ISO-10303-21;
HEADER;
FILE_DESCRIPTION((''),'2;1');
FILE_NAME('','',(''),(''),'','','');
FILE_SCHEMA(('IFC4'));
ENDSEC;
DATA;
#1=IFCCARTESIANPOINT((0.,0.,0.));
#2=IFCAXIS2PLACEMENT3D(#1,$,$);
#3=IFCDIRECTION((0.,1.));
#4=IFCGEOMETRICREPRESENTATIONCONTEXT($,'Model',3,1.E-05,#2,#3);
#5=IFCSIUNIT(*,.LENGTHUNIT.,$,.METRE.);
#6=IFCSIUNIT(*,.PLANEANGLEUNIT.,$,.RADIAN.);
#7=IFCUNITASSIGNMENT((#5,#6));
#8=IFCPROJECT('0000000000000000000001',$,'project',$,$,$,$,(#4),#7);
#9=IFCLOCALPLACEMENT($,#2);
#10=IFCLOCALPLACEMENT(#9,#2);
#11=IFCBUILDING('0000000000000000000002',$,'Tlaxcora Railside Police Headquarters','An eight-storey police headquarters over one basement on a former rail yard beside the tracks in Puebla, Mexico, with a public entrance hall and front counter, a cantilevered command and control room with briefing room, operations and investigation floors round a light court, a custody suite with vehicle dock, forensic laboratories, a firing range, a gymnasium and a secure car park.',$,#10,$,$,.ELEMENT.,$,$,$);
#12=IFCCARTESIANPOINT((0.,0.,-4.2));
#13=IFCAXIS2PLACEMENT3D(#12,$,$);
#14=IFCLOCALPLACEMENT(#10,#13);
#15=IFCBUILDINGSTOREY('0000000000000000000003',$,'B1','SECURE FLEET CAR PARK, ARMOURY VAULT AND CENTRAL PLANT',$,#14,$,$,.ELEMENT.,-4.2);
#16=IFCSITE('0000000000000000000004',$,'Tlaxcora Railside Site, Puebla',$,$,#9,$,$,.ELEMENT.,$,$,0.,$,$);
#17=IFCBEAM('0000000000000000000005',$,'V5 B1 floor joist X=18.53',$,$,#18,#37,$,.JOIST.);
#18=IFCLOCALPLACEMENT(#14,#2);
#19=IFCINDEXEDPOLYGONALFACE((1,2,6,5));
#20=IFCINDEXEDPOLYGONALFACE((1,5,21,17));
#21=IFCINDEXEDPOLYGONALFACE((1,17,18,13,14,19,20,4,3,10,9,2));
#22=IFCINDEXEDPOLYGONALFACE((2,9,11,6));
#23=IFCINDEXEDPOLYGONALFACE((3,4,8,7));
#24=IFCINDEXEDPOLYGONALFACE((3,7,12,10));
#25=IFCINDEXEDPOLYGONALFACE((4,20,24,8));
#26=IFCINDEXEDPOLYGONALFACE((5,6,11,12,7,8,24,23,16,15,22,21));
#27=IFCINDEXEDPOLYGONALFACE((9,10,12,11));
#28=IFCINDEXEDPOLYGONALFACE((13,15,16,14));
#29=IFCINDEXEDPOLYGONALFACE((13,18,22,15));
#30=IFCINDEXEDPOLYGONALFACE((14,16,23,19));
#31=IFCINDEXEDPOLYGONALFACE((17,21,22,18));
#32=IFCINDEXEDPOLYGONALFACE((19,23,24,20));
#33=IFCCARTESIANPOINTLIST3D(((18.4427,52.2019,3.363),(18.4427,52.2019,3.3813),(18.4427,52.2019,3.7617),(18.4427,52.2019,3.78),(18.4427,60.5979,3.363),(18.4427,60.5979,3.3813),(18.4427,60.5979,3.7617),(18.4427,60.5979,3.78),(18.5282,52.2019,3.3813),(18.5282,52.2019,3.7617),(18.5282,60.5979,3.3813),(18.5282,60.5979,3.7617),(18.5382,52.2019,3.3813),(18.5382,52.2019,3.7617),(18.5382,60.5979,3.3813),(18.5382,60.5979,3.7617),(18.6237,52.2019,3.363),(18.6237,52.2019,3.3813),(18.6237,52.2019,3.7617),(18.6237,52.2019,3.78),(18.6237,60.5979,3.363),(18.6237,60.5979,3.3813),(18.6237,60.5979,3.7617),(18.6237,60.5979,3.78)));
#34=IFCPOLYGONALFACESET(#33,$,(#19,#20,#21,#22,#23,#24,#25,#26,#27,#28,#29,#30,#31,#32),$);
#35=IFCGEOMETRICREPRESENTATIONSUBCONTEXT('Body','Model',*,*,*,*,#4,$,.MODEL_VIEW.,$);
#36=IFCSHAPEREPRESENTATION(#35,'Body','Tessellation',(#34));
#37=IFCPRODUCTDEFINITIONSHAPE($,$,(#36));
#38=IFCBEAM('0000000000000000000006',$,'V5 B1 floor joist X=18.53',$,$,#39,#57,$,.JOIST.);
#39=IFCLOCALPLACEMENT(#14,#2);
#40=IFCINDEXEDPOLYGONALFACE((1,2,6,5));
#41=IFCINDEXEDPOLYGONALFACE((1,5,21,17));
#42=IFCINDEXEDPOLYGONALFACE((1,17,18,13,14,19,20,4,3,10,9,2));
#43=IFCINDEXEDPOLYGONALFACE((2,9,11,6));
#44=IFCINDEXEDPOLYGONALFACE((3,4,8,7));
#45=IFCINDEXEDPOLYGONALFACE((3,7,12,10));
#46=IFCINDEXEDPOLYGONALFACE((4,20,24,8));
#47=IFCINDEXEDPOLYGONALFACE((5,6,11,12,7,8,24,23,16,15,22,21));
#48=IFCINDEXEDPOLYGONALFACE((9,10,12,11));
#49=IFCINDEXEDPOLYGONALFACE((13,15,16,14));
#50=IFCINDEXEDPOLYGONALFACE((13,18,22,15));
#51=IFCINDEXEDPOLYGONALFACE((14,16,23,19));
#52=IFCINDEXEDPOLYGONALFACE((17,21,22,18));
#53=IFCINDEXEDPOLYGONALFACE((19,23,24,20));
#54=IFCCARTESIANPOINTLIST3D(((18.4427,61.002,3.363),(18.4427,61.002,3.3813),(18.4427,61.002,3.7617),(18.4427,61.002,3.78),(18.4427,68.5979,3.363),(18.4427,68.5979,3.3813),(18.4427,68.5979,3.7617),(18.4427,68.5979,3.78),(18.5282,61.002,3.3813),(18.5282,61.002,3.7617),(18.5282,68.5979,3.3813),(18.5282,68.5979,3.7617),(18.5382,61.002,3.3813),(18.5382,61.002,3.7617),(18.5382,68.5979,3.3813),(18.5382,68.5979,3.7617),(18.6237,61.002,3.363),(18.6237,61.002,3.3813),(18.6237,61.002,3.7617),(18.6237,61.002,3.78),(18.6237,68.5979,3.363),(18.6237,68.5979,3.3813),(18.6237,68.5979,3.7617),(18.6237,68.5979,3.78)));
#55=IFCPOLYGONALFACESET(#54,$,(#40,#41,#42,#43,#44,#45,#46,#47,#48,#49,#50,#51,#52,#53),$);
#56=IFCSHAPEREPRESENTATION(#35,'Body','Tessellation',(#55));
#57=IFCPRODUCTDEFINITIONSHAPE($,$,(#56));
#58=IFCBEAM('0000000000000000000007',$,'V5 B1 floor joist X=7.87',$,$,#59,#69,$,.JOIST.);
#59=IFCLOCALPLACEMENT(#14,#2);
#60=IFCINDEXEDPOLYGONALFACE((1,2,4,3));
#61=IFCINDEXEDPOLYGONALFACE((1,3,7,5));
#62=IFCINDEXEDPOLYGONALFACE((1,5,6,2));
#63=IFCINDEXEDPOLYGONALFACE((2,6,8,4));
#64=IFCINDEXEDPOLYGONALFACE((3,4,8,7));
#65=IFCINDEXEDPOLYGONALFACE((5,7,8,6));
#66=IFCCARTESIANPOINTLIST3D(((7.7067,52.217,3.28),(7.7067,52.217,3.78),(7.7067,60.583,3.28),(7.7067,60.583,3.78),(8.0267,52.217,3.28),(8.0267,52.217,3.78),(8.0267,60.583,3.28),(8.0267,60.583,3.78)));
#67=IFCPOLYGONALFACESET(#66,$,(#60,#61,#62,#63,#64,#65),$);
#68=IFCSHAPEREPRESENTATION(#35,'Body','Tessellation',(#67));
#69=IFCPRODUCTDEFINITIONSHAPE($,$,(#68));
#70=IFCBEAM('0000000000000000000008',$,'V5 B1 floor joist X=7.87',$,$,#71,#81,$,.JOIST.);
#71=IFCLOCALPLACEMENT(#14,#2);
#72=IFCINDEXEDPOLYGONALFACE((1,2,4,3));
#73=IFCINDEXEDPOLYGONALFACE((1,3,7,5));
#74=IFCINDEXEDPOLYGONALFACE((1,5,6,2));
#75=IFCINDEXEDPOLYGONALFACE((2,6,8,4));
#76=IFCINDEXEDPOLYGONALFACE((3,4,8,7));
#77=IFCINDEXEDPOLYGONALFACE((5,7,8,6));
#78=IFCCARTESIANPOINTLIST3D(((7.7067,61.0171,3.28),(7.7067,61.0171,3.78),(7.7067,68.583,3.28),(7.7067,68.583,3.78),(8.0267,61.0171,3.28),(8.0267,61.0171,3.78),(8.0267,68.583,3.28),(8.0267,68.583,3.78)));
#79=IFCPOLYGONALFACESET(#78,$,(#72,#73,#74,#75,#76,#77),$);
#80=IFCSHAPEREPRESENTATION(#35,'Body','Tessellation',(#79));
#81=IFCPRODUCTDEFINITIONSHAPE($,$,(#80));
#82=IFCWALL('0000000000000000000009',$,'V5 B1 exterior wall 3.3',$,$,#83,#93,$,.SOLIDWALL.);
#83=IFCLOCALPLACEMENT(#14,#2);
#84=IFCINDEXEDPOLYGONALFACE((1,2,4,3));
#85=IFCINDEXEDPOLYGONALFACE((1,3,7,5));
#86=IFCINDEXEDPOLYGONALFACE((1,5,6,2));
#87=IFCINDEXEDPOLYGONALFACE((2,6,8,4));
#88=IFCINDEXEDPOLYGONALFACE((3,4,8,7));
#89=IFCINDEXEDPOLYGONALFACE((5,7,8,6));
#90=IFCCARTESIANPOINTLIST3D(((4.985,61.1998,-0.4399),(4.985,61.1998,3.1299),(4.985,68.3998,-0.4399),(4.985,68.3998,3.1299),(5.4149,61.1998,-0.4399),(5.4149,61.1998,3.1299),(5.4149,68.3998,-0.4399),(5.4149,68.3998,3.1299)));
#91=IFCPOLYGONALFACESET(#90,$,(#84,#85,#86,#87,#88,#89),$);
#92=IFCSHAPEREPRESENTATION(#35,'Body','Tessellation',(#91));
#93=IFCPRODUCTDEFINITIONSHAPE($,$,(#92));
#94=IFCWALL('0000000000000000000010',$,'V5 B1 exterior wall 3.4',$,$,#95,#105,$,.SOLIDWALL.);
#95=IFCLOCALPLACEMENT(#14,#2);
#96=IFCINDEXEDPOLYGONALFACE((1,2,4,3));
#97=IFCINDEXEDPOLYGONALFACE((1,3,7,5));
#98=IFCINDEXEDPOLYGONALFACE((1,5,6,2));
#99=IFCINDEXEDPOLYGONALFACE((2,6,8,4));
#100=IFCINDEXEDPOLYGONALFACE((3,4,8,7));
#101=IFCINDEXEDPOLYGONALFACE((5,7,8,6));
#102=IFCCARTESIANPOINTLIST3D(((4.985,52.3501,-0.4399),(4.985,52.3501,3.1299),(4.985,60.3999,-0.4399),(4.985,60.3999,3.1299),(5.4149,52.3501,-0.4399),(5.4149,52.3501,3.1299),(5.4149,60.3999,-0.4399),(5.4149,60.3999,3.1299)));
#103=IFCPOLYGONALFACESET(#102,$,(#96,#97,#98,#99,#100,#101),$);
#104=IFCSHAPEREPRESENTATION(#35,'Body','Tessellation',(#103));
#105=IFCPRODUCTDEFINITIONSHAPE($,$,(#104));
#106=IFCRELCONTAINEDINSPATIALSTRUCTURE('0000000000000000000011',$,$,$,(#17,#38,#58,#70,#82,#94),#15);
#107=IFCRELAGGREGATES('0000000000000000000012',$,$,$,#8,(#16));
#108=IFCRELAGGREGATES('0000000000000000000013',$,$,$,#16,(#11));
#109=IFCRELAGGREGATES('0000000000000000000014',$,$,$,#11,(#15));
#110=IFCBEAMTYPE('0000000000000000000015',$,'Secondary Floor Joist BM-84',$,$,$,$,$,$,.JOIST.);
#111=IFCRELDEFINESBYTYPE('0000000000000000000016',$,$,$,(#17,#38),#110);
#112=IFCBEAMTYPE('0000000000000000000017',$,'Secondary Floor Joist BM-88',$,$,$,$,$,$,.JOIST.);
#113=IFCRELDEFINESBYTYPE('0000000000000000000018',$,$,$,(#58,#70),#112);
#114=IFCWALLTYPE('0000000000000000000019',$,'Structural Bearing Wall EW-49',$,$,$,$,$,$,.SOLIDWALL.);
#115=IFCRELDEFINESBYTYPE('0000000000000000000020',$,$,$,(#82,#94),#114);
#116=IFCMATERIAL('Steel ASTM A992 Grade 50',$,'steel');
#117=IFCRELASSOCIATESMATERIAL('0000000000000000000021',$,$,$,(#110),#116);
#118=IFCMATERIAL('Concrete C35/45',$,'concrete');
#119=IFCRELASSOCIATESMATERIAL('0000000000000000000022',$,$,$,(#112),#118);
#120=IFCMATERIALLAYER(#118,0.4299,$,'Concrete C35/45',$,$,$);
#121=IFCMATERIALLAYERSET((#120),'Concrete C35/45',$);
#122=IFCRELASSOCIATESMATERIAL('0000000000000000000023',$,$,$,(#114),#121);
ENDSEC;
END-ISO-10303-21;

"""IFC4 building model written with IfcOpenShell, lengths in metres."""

from ifc_helpers import new_model, si_unit, direction, frame, frame_2d, origin, origin_2d, place, context, subcontext, project, spatial, rectangle, i_section, extrude, material, layer, layer_set, material_profile, profile_set, type_object, element, save


model = new_model("IFC4")

# Units and contexts
model_context = context("Model", 3, precision=1e-05, world=origin(), true_north=direction((0.0, 1.0)))
body_context = subcontext(model_context, "Body", "Model", "MODEL_VIEW")
ifc_project = project(units=[si_unit("LENGTHUNIT", "METRE"), si_unit("PLANEANGLEUNIT", "RADIAN")], contexts=[model_context])

# Site, building, storey
site_placement = place(None, origin())
site = spatial("IfcSite", under=ifc_project, at=site_placement, Name="Tlaxcora Railside Site, Puebla", CompositionType="ELEMENT", RefElevation=0.0)
building_placement = place(site_placement, origin())
building = spatial("IfcBuilding", under=site, at=building_placement, Name="Tlaxcora Railside Police Headquarters", Description="An eight-storey police headquarters over one basement on a former rail yard beside the tracks in Puebla, Mexico, with a public entrance hall and front counter, a cantilevered command and control room with briefing room, operations and investigation floors round a light court, a custody suite with vehicle dock, forensic laboratories, a firing range, a gymnasium and a secure car park.", CompositionType="ELEMENT")
storey_placement = place(building_placement, frame((0.0, 0.0, -4.2)))
storey = spatial("IfcBuildingStorey", under=building, at=storey_placement, Name="B1", Description="SECURE FLEET CAR PARK, ARMOURY VAULT AND CENTRAL PLANT", CompositionType="ELEMENT", Elevation=-4.2)

# Shared definitions
ifc_material_1 = material(Name="Concrete C35/45", Category="concrete")

# Beams
ifc_material_2 = material(Name="Steel ASTM A992 Grade 50", Category="steel")
ifc_material_profile_1 = material_profile(ifc_material_2, i_section(OverallWidth=0.1809, OverallDepth=0.417, WebThickness=0.01, FlangeThickness=0.0183, at=origin_2d()), Name="W16X57")
ifc_profile_set_1 = profile_set([ifc_material_profile_1], Name="Steel ASTM A992 Grade 50")
beam_type_1 = type_object("IfcBeamType", Name="Secondary Floor Joist BM-84", PredefinedType="JOIST", material=ifc_profile_set_1)
beam_1_placement = place(storey_placement, frame((18.5332, 52.2019, 3.5715), z_axis=(0.0, 1.0, 0.0), x_axis=(-1.0, 0.0, 0.0)))
element("IfcBeam", 1, at=beam_1_placement, inside=storey, type_object=beam_type_1, Name="V5 B1 floor joist X=18.53", PredefinedType="JOIST", context=body_context, shape_type="SweptSolid", body=[
    extrude(i_section(OverallWidth=0.1809, OverallDepth=0.417, WebThickness=0.01, FlangeThickness=0.0183, at=origin_2d()), origin(), (0.0, 0.0, 1.0), 8.396),
])
beam_2_placement = place(storey_placement, frame((18.5332, 61.002, 3.5715), z_axis=(0.0, 1.0, 0.0), x_axis=(-1.0, 0.0, 0.0)))
element("IfcBeam", 2, at=beam_2_placement, inside=storey, type_object=beam_type_1, Name="V5 B1 floor joist X=18.53", PredefinedType="JOIST", context=body_context, shape_type="SweptSolid", body=[
    extrude(i_section(OverallWidth=0.1809, OverallDepth=0.417, WebThickness=0.01, FlangeThickness=0.0183, at=origin_2d()), origin(), (0.0, 0.0, 1.0), 7.5959),
])
ifc_material_profile_2 = material_profile(ifc_material_1, rectangle(XDim=0.3201, YDim=0.5, at=origin_2d()), Name="RC320X500")
ifc_profile_set_2 = profile_set([ifc_material_profile_2], Name="Concrete C35/45")
beam_type_2 = type_object("IfcBeamType", Name="Secondary Floor Joist BM-88", PredefinedType="JOIST", material=ifc_profile_set_2)
beam_3_placement = place(storey_placement, frame((7.8667, 52.217, 3.53), z_axis=(0.0, 1.0, 0.0), x_axis=(-1.0, 0.0, 0.0)))
element("IfcBeam", 3, at=beam_3_placement, inside=storey, type_object=beam_type_2, Name="V5 B1 floor joist X=7.87", PredefinedType="JOIST", context=body_context, shape_type="SweptSolid", body=[
    extrude(rectangle(XDim=0.3201, YDim=0.5, at=origin_2d()), origin(), (0.0, 0.0, 1.0), 8.366),
])
beam_4_placement = place(storey_placement, frame((7.8667, 61.0171, 3.53), z_axis=(0.0, 1.0, 0.0), x_axis=(-1.0, 0.0, 0.0)))
element("IfcBeam", 4, at=beam_4_placement, inside=storey, type_object=beam_type_2, Name="V5 B1 floor joist X=7.87", PredefinedType="JOIST", context=body_context, shape_type="SweptSolid", body=[
    extrude(rectangle(XDim=0.3201, YDim=0.5, at=origin_2d()), origin(), (0.0, 0.0, 1.0), 7.5659),
])

# Walls
ifc_layer_1 = layer(ifc_material_1, 0.4299, Name="Concrete C35/45")
ifc_layer_set_1 = layer_set([ifc_layer_1], Name="Concrete C35/45")
wall_type = type_object("IfcWallType", Name="Structural Bearing Wall EW-49", PredefinedType="SOLIDWALL", material=ifc_layer_set_1)
wall_1_placement = place(storey_placement, frame((5.2, 68.3999, -0.4399), z_axis=(0.0, 0.0, 1.0), x_axis=(0.0, -1.0, 0.0)))
element("IfcWall", 5, at=wall_1_placement, inside=storey, type_object=wall_type, Name="V5 B1 exterior wall 3.3", PredefinedType="SOLIDWALL", context=body_context, shape_type="SweptSolid", body=[
    extrude(rectangle(XDim=7.2, YDim=0.4299, at=frame_2d((3.6001, 0.0))), origin(), (0.0, 0.0, 1.0), 3.5698),
])
wall_2_placement = place(storey_placement, frame((5.2, 60.3999, -0.4399), z_axis=(0.0, 0.0, 1.0), x_axis=(0.0, -1.0, 0.0)))
element("IfcWall", 6, at=wall_2_placement, inside=storey, type_object=wall_type, Name="V5 B1 exterior wall 3.4", PredefinedType="SOLIDWALL", context=body_context, shape_type="SweptSolid", body=[
    extrude(rectangle(XDim=8.0498, YDim=0.4299, at=frame_2d((4.0249, 0.0))), origin(), (0.0, 0.0, 1.0), 3.5698),
])

save(model, "model.ifc")
